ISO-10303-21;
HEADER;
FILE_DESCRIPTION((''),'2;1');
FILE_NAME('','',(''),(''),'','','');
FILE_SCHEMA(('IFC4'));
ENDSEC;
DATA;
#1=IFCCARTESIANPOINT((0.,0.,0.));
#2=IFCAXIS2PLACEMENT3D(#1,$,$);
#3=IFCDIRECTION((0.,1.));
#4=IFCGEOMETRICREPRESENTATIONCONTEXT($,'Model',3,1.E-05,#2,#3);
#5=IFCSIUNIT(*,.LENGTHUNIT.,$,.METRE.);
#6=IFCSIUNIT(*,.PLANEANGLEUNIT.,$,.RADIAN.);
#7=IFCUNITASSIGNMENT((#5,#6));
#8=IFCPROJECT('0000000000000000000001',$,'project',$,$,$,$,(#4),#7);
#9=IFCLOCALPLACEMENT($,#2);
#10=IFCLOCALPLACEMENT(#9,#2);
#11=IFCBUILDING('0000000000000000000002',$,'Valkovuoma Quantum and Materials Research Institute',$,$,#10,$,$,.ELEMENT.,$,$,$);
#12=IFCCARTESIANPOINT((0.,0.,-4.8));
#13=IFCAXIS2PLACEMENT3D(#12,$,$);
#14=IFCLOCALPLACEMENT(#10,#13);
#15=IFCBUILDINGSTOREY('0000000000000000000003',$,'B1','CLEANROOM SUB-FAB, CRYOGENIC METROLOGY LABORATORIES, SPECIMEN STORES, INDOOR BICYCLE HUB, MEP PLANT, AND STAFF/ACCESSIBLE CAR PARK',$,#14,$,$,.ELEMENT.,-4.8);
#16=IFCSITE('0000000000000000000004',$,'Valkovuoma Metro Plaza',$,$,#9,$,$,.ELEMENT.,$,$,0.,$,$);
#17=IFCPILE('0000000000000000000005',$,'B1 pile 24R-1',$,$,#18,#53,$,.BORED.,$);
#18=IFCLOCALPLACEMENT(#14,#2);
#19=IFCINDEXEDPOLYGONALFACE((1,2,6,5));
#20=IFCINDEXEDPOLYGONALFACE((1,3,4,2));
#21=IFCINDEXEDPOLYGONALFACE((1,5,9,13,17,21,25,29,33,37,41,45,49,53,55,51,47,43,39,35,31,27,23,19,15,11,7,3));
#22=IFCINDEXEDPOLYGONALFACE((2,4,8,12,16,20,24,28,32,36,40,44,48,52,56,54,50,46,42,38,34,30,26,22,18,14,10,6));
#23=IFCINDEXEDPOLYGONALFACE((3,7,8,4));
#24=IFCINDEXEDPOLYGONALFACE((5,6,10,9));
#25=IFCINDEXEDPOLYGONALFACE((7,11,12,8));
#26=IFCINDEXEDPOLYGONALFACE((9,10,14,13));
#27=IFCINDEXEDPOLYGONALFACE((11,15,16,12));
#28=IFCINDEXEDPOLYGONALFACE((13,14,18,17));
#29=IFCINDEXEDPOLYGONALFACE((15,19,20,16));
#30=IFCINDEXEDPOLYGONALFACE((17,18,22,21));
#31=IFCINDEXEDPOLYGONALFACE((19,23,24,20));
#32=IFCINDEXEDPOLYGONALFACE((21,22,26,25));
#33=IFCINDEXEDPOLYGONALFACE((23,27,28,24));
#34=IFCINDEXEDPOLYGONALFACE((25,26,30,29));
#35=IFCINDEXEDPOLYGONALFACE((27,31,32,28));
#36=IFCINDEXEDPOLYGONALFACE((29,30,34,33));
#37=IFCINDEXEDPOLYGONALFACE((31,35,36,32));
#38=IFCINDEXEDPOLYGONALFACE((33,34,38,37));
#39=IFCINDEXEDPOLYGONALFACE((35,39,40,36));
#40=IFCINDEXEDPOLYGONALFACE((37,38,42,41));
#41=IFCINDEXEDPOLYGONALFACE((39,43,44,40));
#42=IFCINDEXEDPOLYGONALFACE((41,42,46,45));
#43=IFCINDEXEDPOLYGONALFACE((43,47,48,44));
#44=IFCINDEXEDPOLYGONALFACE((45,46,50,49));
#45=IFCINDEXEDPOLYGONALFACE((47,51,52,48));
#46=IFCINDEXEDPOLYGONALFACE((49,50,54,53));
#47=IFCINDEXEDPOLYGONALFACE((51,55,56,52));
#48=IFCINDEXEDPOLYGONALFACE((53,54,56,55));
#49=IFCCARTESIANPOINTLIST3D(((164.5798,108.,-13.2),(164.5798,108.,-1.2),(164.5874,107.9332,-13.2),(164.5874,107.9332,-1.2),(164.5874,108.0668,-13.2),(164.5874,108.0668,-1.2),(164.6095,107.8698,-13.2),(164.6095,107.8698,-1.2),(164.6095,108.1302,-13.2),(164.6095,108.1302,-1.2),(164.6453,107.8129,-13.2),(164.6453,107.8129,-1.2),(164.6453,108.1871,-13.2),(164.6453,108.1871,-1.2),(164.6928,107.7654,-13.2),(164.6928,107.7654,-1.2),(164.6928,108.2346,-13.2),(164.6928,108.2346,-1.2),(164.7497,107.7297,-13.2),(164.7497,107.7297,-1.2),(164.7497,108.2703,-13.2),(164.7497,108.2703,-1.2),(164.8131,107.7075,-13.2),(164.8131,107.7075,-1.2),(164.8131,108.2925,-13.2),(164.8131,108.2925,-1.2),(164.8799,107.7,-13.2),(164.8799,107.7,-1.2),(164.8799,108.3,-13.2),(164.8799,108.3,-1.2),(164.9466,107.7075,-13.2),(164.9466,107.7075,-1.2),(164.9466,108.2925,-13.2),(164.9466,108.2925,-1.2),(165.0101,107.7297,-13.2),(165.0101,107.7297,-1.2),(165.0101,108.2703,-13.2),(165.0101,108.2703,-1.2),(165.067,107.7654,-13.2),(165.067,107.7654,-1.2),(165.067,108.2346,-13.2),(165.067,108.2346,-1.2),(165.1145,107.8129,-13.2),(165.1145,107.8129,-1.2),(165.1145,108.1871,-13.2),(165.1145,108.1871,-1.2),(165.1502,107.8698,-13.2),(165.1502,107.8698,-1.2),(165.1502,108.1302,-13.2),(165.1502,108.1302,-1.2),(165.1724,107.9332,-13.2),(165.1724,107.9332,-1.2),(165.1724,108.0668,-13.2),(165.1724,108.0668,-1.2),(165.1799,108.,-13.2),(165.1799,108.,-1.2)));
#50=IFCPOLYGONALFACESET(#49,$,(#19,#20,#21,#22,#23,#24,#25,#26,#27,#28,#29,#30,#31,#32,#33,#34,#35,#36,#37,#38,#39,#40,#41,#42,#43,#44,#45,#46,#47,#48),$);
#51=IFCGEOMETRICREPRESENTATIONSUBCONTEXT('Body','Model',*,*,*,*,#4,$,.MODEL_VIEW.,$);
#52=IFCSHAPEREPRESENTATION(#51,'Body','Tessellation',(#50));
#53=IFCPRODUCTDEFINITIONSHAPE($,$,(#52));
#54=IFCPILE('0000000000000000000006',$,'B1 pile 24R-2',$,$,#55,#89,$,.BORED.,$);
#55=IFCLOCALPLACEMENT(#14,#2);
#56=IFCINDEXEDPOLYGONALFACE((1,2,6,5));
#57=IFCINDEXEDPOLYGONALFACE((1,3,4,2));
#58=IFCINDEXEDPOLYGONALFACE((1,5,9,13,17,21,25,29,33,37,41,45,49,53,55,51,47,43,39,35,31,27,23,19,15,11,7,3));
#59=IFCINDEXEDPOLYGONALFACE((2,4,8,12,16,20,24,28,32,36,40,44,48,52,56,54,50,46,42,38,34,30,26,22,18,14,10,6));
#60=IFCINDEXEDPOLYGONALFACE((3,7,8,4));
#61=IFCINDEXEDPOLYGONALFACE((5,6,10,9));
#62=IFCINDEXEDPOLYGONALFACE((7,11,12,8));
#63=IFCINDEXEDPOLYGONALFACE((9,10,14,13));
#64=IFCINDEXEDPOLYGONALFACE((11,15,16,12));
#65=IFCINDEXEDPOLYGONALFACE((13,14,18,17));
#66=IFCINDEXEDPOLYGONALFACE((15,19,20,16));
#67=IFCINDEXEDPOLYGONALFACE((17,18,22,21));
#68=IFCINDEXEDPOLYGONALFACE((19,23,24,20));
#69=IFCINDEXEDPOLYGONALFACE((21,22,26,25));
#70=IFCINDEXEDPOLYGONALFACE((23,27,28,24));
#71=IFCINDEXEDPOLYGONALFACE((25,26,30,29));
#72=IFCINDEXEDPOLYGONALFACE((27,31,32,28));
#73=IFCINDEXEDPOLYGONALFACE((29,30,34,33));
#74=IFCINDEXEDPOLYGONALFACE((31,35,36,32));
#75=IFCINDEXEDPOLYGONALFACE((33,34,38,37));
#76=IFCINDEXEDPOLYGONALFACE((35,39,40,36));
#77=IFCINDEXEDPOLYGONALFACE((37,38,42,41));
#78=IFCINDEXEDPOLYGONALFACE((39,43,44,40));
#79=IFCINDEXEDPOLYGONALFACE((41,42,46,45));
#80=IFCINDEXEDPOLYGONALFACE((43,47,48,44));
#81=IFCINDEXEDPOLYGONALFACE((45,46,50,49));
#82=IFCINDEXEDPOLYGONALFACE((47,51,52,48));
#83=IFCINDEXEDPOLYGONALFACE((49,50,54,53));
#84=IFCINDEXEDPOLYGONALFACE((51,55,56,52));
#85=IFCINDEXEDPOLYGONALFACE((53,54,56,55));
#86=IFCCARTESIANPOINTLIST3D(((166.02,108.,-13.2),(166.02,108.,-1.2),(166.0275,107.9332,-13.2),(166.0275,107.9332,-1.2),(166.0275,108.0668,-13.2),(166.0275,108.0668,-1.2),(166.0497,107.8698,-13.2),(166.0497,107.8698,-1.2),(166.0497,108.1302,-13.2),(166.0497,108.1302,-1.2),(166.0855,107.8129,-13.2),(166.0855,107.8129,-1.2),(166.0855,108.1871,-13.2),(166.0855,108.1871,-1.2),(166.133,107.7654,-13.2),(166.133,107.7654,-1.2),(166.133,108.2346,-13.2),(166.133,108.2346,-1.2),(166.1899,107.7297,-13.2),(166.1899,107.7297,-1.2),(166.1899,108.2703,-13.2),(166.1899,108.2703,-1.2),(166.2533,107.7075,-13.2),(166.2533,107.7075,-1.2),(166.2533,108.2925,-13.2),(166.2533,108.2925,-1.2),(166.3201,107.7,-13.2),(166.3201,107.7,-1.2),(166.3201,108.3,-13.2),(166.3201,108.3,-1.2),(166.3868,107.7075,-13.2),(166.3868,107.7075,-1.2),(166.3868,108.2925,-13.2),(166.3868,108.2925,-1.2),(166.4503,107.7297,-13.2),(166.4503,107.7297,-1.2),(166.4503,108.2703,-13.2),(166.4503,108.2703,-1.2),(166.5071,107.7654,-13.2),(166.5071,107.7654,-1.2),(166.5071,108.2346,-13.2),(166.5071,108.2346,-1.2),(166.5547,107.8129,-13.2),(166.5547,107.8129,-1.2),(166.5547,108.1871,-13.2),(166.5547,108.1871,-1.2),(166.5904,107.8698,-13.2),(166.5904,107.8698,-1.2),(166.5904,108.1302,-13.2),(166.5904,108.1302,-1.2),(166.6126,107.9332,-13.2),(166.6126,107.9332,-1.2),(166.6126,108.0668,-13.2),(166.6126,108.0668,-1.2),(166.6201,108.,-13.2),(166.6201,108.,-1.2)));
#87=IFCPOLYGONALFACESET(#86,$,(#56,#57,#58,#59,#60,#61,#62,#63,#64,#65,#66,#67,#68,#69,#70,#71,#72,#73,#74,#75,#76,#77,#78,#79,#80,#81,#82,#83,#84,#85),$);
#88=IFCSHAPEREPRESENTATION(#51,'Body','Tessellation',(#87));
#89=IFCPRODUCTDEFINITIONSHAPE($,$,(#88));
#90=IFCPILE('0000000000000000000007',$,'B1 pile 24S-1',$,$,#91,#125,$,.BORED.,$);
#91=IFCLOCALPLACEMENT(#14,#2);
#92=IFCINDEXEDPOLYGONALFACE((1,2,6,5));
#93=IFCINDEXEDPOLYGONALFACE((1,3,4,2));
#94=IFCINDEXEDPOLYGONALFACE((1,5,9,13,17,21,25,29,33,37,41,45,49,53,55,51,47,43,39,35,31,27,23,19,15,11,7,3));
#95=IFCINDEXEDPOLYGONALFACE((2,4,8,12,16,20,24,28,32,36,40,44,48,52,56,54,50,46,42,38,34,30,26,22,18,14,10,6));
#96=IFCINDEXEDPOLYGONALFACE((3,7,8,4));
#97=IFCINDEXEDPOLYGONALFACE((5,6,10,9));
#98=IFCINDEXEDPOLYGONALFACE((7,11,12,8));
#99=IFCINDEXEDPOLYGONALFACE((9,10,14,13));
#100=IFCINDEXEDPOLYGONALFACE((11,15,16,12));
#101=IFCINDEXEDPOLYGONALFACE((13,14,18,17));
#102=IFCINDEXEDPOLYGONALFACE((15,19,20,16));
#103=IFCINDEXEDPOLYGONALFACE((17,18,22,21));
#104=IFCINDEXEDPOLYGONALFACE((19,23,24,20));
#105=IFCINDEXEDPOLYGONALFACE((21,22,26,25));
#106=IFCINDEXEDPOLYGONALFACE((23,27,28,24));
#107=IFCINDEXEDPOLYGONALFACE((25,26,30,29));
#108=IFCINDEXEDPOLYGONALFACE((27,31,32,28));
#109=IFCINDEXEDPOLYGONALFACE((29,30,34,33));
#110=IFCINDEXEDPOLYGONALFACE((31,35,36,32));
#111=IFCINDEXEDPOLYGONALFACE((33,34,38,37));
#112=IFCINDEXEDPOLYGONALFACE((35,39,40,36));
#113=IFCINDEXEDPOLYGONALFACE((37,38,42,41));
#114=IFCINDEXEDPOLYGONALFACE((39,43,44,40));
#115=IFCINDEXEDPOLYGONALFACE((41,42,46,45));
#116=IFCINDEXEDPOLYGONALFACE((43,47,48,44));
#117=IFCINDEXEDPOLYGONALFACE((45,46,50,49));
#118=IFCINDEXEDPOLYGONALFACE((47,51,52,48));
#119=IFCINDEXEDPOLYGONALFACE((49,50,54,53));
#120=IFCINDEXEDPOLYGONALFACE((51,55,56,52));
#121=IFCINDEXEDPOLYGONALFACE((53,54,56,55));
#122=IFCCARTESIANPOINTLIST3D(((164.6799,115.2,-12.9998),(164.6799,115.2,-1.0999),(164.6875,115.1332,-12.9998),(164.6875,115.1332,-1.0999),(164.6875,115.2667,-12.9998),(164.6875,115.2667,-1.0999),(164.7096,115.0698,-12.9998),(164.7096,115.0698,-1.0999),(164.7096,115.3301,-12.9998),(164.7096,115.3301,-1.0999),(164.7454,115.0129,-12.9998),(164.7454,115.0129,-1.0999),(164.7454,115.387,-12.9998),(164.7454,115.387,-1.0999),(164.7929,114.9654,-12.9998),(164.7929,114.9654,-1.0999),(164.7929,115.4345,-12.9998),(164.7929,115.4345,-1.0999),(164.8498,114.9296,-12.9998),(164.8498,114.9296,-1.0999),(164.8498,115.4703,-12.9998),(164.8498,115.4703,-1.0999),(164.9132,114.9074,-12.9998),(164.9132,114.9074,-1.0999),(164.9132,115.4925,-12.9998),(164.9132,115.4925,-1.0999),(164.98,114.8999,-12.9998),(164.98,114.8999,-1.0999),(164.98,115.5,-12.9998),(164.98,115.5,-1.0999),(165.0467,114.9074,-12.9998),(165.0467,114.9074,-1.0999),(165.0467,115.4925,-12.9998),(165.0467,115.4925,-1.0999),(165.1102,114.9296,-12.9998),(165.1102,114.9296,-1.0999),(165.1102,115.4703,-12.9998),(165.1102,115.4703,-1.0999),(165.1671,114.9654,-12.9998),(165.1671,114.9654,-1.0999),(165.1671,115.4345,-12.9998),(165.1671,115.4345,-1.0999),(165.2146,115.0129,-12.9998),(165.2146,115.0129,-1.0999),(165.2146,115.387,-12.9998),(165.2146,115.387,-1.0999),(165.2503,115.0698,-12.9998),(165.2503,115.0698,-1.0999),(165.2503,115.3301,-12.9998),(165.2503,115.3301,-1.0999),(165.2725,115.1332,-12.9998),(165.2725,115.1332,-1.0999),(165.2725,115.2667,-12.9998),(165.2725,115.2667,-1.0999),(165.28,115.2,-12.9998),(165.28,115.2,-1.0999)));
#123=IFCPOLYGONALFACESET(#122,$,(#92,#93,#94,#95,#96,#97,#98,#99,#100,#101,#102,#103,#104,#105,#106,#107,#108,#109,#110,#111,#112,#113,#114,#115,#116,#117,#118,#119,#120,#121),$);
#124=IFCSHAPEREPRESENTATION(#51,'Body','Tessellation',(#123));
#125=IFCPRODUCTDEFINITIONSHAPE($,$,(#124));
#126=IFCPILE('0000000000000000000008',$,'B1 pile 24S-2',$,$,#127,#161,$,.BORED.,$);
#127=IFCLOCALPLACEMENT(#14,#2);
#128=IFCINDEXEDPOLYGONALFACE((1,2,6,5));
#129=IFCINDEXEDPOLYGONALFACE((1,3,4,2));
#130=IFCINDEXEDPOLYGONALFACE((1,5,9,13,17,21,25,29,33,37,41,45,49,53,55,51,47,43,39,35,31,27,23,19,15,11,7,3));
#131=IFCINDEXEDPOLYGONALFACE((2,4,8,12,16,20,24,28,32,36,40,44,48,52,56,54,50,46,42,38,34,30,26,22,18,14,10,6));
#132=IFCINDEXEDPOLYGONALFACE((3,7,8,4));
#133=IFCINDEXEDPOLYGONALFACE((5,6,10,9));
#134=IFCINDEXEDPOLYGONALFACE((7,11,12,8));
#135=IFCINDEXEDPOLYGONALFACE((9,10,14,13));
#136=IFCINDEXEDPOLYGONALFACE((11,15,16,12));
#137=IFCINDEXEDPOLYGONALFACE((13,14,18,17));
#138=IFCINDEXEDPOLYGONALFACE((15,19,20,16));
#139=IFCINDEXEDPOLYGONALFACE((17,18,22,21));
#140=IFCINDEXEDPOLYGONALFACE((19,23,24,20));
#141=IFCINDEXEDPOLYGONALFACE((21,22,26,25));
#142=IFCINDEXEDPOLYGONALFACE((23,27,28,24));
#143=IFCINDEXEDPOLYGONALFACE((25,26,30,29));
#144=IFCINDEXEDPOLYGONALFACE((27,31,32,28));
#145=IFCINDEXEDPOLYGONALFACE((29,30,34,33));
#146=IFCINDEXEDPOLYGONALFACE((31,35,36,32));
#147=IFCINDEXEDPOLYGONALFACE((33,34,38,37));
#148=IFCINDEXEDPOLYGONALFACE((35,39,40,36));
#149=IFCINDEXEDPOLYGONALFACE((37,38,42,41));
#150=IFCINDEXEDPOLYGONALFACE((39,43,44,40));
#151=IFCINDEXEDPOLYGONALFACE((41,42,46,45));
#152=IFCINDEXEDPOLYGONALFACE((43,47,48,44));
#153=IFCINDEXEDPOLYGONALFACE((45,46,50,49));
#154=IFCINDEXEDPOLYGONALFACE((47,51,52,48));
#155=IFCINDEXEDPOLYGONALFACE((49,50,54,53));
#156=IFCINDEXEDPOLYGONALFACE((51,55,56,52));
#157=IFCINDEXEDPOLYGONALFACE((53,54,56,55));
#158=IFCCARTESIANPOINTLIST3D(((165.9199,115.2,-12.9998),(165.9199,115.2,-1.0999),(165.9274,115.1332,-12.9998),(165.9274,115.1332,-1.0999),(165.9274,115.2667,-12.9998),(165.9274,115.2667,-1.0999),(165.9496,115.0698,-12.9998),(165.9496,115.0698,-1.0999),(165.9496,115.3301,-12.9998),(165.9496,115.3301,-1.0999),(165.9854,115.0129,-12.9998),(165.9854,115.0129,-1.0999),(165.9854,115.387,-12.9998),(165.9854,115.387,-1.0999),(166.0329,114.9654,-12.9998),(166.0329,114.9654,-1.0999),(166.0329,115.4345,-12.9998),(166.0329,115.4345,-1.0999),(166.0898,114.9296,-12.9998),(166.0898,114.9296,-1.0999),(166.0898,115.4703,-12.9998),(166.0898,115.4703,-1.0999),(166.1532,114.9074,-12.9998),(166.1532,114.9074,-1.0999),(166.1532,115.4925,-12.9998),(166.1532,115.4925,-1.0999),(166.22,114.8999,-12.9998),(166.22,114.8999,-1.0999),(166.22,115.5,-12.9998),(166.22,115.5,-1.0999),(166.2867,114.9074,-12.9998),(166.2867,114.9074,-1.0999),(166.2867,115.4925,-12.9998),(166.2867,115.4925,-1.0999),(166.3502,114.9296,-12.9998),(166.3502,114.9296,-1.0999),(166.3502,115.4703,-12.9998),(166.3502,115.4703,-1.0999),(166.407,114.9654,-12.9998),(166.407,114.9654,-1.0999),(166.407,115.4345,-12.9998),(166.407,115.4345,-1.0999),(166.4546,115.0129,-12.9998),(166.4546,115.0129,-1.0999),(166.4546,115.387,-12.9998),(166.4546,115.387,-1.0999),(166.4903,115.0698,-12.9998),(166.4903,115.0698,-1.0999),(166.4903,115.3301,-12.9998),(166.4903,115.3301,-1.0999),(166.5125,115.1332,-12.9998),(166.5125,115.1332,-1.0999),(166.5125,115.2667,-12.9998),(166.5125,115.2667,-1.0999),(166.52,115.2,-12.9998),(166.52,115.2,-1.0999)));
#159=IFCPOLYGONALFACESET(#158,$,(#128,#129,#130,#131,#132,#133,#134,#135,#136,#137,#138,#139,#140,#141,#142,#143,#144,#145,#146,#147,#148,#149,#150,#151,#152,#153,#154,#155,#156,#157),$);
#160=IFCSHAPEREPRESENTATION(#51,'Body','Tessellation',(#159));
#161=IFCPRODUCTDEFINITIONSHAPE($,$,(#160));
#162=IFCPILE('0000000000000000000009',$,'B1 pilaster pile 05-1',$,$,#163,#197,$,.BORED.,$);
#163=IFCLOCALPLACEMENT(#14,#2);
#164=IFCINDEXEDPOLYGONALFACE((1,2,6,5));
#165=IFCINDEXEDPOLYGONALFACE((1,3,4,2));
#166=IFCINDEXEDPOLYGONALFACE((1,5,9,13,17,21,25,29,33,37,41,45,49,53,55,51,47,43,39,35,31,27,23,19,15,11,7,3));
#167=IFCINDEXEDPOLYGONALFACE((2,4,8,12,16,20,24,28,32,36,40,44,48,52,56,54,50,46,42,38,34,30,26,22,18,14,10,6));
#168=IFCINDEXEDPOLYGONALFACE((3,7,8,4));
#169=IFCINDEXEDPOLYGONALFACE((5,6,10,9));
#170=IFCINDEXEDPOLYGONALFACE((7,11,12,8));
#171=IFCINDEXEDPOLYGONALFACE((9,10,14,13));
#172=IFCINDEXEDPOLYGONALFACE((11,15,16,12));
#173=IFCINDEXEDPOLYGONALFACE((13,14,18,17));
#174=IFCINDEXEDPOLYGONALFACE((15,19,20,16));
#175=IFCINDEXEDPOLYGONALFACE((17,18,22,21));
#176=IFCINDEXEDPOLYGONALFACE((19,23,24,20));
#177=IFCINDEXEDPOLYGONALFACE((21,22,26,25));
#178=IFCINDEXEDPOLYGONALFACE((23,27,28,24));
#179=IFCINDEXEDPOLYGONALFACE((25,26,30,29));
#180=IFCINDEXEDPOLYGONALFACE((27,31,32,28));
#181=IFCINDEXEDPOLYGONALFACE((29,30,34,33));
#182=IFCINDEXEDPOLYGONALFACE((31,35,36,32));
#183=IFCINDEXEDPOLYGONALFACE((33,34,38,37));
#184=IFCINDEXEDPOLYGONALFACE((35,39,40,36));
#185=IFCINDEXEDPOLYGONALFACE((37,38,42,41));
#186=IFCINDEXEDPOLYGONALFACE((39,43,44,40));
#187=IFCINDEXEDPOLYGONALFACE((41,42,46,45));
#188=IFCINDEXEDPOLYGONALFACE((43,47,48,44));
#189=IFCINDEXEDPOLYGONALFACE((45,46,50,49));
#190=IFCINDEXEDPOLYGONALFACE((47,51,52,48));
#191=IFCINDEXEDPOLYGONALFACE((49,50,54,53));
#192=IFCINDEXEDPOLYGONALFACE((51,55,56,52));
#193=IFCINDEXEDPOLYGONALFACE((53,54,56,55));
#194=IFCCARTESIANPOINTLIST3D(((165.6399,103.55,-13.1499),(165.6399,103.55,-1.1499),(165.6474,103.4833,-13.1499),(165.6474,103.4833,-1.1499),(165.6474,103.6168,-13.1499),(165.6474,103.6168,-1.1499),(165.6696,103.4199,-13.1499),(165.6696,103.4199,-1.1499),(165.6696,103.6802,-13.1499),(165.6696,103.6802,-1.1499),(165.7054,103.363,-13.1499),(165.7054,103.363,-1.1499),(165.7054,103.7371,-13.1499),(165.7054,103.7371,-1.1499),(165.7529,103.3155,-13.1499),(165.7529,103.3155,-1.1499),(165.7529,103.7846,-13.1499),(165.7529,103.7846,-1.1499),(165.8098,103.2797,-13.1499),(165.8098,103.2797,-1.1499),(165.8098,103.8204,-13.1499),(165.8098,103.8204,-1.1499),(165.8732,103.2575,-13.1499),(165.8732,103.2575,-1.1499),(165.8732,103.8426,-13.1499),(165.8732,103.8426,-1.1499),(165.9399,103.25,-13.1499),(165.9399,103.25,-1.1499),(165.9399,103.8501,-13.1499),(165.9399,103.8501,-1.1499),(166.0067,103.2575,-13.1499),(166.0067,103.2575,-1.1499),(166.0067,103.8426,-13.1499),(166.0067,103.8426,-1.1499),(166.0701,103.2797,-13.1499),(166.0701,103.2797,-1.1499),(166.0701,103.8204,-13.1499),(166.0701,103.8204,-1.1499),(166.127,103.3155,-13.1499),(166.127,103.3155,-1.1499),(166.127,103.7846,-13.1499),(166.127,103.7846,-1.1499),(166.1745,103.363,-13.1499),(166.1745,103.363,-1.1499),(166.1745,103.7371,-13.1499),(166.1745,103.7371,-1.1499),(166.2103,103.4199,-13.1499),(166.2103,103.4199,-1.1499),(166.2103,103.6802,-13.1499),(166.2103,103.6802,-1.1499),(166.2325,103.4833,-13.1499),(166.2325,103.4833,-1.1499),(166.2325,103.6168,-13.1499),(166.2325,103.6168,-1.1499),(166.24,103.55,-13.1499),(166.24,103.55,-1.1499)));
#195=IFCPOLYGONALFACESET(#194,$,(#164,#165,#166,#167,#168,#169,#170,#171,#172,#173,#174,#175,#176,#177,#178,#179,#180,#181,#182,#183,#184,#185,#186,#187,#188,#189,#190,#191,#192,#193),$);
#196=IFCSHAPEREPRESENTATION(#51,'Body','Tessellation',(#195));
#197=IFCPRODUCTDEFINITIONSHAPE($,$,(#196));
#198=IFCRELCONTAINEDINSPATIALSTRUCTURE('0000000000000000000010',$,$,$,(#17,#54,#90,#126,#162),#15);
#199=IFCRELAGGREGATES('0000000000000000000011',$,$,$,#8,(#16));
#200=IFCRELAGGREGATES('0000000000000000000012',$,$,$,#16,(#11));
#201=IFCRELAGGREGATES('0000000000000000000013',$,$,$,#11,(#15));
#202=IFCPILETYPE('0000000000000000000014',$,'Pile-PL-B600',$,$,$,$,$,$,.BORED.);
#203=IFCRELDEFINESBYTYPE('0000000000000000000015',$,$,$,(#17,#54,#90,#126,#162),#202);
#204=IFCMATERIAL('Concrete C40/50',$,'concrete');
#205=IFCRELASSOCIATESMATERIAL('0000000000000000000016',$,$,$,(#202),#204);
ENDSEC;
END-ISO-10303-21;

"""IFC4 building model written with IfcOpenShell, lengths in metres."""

from ifc_helpers import new_model, si_unit, direction, frame, origin, origin_2d, place, context, subcontext, project, spatial, circle, extrude, material, material_profile, profile_set, type_object, element, save


model = new_model("IFC4")

# Units and contexts
model_context = context("Model", 3, precision=1e-05, world=origin(), true_north=direction((0.0, 1.0)))
body_context = subcontext(model_context, "Body", "Model", "MODEL_VIEW")
ifc_project = project(units=[si_unit("LENGTHUNIT", "METRE"), si_unit("PLANEANGLEUNIT", "RADIAN")], contexts=[model_context])

# Site, building, storey
site_placement = place(None, origin())
site = spatial("IfcSite", under=ifc_project, at=site_placement, Name="Valkovuoma Metro Plaza", CompositionType="ELEMENT", RefElevation=0.0)
building_placement = place(site_placement, origin())
building = spatial("IfcBuilding", under=site, at=building_placement, Name="Valkovuoma Quantum and Materials Research Institute", CompositionType="ELEMENT")
storey_placement = place(building_placement, frame((0.0, 0.0, -4.8)))
storey = spatial("IfcBuildingStorey", under=building, at=storey_placement, Name="B1", Description="CLEANROOM SUB-FAB, CRYOGENIC METROLOGY LABORATORIES, SPECIMEN STORES, INDOOR BICYCLE HUB, MEP PLANT, AND STAFF/ACCESSIBLE CAR PARK", CompositionType="ELEMENT", Elevation=-4.8)

# Piles
ifc_material_1 = material(Name="Concrete C40/50", Category="concrete")
ifc_material_profile_1 = material_profile(ifc_material_1, circle(Radius=0.3, at=origin_2d()), Name="Concrete C40/50")
ifc_profile_set_1 = profile_set([ifc_material_profile_1], Name="Concrete C40/50")
pile_type_1 = type_object("IfcPileType", Name="Pile-PL-B600", PredefinedType="BORED", material=ifc_profile_set_1)
for number, where, z_axis, x_axis, name in (
    (1, (164.8799, 108.0, -1.2), (0.0, 0.0, -1.0), (1.0, 0.0, 0.0), "B1 pile 24R-1"),
    (2, (166.3201, 108.0, -1.2), (0.0, 0.0, -1.0), (1.0, 0.0, 0.0), "B1 pile 24R-2"),
):
    element("IfcPile", number, at=place(storey_placement, frame(where, z_axis=z_axis, x_axis=x_axis)), inside=storey, type_object=pile_type_1, Name=name, PredefinedType="BORED", context=body_context, shape_type="SweptSolid", body=[
        extrude(circle(Radius=0.3, at=origin_2d()), origin(), (0.0, 0.0, 1.0), 12.0),
    ])
for number, where, z_axis, x_axis, name in (
    (3, (164.98, 115.2, -1.0999), (0.0, 0.0, -1.0), (1.0, 0.0, 0.0), "B1 pile 24S-1"),
    (4, (166.22, 115.2, -1.0999), (0.0, 0.0, -1.0), (1.0, 0.0, 0.0), "B1 pile 24S-2"),
):
    element("IfcPile", number, at=place(storey_placement, frame(where, z_axis=z_axis, x_axis=x_axis)), inside=storey, type_object=pile_type_1, Name=name, PredefinedType="BORED", context=body_context, shape_type="SweptSolid", body=[
        extrude(circle(Radius=0.3, at=origin_2d()), origin(), (0.0, 0.0, 1.0), 11.8999),
    ])
for number, where, z_axis, x_axis, name in (
    (5, (165.9399, 103.55, -1.1499), (0.0, 0.0, -1.0), (1.0, 0.0, 0.0), "B1 pilaster pile 05-1"),
):
    element("IfcPile", number, at=place(storey_placement, frame(where, z_axis=z_axis, x_axis=x_axis)), inside=storey, type_object=pile_type_1, Name=name, PredefinedType="BORED", context=body_context, shape_type="SweptSolid", body=[
        extrude(circle(Radius=0.3, at=origin_2d()), origin(), (0.0, 0.0, 1.0), 12.0),
    ])

save(model, "model.ifc")
